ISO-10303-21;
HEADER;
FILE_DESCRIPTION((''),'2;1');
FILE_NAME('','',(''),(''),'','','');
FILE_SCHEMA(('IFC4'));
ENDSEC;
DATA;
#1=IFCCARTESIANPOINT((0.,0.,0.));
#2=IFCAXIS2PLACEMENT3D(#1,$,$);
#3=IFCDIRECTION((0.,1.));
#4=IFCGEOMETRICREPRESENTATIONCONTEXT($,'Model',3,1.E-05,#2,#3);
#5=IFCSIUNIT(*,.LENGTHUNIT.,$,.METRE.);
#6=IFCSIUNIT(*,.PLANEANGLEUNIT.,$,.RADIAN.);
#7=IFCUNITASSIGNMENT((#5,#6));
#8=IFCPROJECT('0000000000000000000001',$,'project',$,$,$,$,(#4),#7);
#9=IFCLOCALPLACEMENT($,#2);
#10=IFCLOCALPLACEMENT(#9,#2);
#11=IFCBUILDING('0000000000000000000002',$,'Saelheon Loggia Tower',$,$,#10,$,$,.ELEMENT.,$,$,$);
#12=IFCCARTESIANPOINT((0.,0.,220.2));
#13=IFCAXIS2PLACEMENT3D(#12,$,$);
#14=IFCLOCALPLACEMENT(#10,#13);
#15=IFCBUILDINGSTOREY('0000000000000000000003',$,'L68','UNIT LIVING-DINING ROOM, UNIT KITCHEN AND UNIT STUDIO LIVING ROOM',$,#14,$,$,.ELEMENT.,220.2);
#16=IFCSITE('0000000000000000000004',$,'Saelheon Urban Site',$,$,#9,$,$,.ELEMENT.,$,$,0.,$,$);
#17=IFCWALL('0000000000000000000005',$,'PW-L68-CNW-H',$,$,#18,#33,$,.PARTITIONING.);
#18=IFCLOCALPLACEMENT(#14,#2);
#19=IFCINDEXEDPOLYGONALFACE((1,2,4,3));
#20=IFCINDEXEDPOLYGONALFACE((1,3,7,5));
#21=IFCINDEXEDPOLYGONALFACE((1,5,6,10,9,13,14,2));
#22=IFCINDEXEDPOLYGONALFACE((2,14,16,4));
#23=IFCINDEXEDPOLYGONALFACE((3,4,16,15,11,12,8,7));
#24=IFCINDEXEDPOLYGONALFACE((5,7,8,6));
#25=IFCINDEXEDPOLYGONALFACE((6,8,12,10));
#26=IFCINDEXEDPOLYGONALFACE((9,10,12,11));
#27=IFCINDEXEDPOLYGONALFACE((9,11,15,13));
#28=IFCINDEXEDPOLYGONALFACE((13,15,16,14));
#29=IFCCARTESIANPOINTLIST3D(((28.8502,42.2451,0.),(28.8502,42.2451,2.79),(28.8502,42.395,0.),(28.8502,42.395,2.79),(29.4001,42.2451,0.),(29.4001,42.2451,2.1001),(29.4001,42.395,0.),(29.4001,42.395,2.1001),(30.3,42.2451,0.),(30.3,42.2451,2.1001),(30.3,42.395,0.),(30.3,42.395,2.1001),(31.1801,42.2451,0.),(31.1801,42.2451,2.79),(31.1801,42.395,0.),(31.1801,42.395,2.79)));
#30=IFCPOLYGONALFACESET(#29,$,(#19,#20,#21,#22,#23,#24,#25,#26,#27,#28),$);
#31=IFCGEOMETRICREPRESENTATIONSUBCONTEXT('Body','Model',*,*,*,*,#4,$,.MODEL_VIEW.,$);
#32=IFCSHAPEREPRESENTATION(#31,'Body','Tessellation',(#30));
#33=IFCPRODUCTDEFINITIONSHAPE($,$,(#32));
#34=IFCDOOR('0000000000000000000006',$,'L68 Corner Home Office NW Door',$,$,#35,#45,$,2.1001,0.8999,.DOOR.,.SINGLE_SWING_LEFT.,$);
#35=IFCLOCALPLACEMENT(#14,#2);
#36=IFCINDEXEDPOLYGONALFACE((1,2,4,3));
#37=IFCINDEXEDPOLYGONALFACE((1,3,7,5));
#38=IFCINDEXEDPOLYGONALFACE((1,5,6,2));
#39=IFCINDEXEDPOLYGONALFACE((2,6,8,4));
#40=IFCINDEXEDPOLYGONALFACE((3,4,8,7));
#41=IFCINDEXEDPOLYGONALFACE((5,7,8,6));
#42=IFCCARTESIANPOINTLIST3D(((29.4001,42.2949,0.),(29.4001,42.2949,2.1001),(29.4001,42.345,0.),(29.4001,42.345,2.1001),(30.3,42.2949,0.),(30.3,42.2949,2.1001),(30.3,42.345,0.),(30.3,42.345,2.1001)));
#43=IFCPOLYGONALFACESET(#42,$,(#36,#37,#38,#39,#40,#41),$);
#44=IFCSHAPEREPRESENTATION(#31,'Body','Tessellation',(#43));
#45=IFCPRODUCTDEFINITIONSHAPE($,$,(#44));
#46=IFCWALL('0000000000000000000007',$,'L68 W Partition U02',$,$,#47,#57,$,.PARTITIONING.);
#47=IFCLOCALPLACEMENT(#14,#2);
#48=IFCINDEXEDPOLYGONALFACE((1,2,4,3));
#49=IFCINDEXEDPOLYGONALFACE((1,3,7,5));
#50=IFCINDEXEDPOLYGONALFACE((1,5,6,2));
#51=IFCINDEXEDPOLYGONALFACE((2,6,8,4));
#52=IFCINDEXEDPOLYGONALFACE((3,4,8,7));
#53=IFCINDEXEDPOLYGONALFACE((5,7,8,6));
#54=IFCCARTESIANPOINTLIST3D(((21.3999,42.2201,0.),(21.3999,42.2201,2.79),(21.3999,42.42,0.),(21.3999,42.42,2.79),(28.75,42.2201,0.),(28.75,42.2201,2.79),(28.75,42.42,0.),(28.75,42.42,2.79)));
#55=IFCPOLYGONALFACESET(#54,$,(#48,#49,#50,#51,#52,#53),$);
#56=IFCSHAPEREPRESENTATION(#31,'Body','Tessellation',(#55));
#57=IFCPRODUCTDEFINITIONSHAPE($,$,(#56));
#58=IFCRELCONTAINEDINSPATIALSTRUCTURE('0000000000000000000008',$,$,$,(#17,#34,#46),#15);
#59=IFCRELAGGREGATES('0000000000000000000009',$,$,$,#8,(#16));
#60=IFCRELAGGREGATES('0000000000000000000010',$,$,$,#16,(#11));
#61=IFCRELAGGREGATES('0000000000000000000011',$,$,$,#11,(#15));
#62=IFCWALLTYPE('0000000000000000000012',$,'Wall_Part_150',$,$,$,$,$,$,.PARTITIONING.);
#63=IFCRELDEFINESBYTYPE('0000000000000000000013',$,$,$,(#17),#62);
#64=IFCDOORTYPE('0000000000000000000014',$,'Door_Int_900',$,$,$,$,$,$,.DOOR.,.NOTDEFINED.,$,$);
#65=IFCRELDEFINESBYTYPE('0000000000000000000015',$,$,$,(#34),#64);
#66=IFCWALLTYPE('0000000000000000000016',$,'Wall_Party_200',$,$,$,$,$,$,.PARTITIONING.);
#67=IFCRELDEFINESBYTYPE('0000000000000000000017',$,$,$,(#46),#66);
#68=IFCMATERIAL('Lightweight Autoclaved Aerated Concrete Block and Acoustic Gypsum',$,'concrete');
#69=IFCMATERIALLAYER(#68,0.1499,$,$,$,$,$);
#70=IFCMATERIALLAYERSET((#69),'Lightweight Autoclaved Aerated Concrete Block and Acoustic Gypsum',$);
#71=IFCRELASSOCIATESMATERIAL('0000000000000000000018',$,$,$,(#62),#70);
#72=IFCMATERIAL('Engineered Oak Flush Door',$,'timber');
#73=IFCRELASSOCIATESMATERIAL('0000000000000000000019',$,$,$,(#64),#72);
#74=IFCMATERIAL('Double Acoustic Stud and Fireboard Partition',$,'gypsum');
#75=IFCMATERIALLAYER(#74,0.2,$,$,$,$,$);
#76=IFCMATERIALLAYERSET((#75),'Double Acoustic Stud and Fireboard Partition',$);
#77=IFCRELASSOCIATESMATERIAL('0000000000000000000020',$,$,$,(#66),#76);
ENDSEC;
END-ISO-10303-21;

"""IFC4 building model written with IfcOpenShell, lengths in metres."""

from ifc_helpers import new_model, si_unit, direction, frame, frame_2d, origin, place, context, subcontext, project, spatial, rectangle, extrude, source, transform, mapped, material, layer, layer_set, type_object, element, fill, save


model = new_model("IFC4")

# Units and contexts
model_context = context("Model", 3, precision=1e-05, world=origin(), true_north=direction((0.0, 1.0)))
body_context = subcontext(model_context, "Body", "Model", "MODEL_VIEW")
ifc_project = project(units=[si_unit("LENGTHUNIT", "METRE"), si_unit("PLANEANGLEUNIT", "RADIAN")], contexts=[model_context])

# Site, building, storey
site_placement = place(None, origin())
site = spatial("IfcSite", under=ifc_project, at=site_placement, Name="Saelheon Urban Site", CompositionType="ELEMENT", RefElevation=0.0)
building_placement = place(site_placement, origin())
building = spatial("IfcBuilding", under=site, at=building_placement, Name="Saelheon Loggia Tower", CompositionType="ELEMENT")
storey_placement = place(building_placement, frame((0.0, 0.0, 220.2)))
storey = spatial("IfcBuildingStorey", under=building, at=storey_placement, Name="L68", Description="UNIT LIVING-DINING ROOM, UNIT KITCHEN AND UNIT STUDIO LIVING ROOM", CompositionType="ELEMENT", Elevation=220.2)

# Wall, opening, door
ifc_material_1 = material(Name="Lightweight Autoclaved Aerated Concrete Block and Acoustic Gypsum", Category="concrete")
ifc_layer_1 = layer(ifc_material_1, 0.1499)
ifc_layer_set_1 = layer_set([ifc_layer_1], Name="Lightweight Autoclaved Aerated Concrete Block and Acoustic Gypsum")
wall_type_1 = type_object("IfcWallType", Name="Wall_Part_150", PredefinedType="PARTITIONING", material=ifc_layer_set_1)
wall_1_placement = place(storey_placement, frame((28.8501, 42.3201, 0.0), z_axis=(0.0, 0.0, 1.0), x_axis=(1.0, 0.0, 0.0)))
wall_1 = element("IfcWall", 1, at=wall_1_placement, inside=storey, type_object=wall_type_1, Name="PW-L68-CNW-H", PredefinedType="PARTITIONING", context=body_context, shape_type="SweptSolid", body=[
    extrude(rectangle(XDim=2.3298, YDim=0.1499, at=frame_2d((1.165, 0.0))), origin(), (0.0, 0.0, 1.0), 2.79),
])
opening_1_placement = place(wall_1_placement, frame((0.55, 0.0, 0.0)))
opening_1 = element("IfcOpeningElement", 2, at=opening_1_placement, cuts=wall_1, PredefinedType="OPENING", context=body_context, shape_type="SweptSolid", body=[
    extrude(rectangle(XDim=0.8999, YDim=2.1001, at=frame_2d((0.45, 1.05))), frame((0.0, 0.0869, 0.0), z_axis=(0.0, -1.0, 0.0), x_axis=(1.0, 0.0, 0.0)), (0.0, 0.0, 1.0), 0.1738),
])
ifc_material_2 = material(Name="Engineered Oak Flush Door", Category="timber")
door_type_1 = type_object("IfcDoorType", Name="Door_Int_900", OperationType="NOTDEFINED", PredefinedType="DOOR", material=ifc_material_2)
shared_shape_1 = source(origin(), body_context, "Body", "SweptSolid", [
    extrude(rectangle(XDim=0.8999, YDim=2.1001, at=frame_2d((0.45, 1.05))), frame((0.0, 0.0249, 0.0), z_axis=(0.0, -1.0, 0.0), x_axis=(1.0, 0.0, 0.0)), (0.0, 0.0, 1.0), 0.05),
])
door_1_placement = place(opening_1_placement, origin())
door_1 = element("IfcDoor", 3, at=door_1_placement, inside=storey, type_object=door_type_1, Name="L68 Corner Home Office NW Door", OperationType="SINGLE_SWING_LEFT", OverallHeight=2.1001, OverallWidth=0.8999, PredefinedType="DOOR", context=body_context, shape_type="MappedRepresentation", body=[
    mapped(shared_shape_1, transform((0.0, 0.0, 0.0), scale=1.0)),
])
fill(opening_1, door_1)

# Wall
ifc_material_3 = material(Name="Double Acoustic Stud and Fireboard Partition", Category="gypsum")
ifc_layer_2 = layer(ifc_material_3, 0.2)
ifc_layer_set_2 = layer_set([ifc_layer_2], Name="Double Acoustic Stud and Fireboard Partition")
wall_type_2 = type_object("IfcWallType", Name="Wall_Party_200", PredefinedType="PARTITIONING", material=ifc_layer_set_2)
wall_2_placement = place(storey_placement, frame((28.75, 42.3201, 0.0), z_axis=(0.0, 0.0, 1.0), x_axis=(-1.0, 0.0, 0.0)))
element("IfcWall", 4, at=wall_2_placement, inside=storey, type_object=wall_type_2, Name="L68 W Partition U02", PredefinedType="PARTITIONING", context=body_context, shape_type="SweptSolid", body=[
    extrude(rectangle(XDim=7.3501, YDim=0.2, at=frame_2d((3.675, 0.0))), origin(), (0.0, 0.0, 1.0), 2.79),
])

save(model, "model.ifc")
